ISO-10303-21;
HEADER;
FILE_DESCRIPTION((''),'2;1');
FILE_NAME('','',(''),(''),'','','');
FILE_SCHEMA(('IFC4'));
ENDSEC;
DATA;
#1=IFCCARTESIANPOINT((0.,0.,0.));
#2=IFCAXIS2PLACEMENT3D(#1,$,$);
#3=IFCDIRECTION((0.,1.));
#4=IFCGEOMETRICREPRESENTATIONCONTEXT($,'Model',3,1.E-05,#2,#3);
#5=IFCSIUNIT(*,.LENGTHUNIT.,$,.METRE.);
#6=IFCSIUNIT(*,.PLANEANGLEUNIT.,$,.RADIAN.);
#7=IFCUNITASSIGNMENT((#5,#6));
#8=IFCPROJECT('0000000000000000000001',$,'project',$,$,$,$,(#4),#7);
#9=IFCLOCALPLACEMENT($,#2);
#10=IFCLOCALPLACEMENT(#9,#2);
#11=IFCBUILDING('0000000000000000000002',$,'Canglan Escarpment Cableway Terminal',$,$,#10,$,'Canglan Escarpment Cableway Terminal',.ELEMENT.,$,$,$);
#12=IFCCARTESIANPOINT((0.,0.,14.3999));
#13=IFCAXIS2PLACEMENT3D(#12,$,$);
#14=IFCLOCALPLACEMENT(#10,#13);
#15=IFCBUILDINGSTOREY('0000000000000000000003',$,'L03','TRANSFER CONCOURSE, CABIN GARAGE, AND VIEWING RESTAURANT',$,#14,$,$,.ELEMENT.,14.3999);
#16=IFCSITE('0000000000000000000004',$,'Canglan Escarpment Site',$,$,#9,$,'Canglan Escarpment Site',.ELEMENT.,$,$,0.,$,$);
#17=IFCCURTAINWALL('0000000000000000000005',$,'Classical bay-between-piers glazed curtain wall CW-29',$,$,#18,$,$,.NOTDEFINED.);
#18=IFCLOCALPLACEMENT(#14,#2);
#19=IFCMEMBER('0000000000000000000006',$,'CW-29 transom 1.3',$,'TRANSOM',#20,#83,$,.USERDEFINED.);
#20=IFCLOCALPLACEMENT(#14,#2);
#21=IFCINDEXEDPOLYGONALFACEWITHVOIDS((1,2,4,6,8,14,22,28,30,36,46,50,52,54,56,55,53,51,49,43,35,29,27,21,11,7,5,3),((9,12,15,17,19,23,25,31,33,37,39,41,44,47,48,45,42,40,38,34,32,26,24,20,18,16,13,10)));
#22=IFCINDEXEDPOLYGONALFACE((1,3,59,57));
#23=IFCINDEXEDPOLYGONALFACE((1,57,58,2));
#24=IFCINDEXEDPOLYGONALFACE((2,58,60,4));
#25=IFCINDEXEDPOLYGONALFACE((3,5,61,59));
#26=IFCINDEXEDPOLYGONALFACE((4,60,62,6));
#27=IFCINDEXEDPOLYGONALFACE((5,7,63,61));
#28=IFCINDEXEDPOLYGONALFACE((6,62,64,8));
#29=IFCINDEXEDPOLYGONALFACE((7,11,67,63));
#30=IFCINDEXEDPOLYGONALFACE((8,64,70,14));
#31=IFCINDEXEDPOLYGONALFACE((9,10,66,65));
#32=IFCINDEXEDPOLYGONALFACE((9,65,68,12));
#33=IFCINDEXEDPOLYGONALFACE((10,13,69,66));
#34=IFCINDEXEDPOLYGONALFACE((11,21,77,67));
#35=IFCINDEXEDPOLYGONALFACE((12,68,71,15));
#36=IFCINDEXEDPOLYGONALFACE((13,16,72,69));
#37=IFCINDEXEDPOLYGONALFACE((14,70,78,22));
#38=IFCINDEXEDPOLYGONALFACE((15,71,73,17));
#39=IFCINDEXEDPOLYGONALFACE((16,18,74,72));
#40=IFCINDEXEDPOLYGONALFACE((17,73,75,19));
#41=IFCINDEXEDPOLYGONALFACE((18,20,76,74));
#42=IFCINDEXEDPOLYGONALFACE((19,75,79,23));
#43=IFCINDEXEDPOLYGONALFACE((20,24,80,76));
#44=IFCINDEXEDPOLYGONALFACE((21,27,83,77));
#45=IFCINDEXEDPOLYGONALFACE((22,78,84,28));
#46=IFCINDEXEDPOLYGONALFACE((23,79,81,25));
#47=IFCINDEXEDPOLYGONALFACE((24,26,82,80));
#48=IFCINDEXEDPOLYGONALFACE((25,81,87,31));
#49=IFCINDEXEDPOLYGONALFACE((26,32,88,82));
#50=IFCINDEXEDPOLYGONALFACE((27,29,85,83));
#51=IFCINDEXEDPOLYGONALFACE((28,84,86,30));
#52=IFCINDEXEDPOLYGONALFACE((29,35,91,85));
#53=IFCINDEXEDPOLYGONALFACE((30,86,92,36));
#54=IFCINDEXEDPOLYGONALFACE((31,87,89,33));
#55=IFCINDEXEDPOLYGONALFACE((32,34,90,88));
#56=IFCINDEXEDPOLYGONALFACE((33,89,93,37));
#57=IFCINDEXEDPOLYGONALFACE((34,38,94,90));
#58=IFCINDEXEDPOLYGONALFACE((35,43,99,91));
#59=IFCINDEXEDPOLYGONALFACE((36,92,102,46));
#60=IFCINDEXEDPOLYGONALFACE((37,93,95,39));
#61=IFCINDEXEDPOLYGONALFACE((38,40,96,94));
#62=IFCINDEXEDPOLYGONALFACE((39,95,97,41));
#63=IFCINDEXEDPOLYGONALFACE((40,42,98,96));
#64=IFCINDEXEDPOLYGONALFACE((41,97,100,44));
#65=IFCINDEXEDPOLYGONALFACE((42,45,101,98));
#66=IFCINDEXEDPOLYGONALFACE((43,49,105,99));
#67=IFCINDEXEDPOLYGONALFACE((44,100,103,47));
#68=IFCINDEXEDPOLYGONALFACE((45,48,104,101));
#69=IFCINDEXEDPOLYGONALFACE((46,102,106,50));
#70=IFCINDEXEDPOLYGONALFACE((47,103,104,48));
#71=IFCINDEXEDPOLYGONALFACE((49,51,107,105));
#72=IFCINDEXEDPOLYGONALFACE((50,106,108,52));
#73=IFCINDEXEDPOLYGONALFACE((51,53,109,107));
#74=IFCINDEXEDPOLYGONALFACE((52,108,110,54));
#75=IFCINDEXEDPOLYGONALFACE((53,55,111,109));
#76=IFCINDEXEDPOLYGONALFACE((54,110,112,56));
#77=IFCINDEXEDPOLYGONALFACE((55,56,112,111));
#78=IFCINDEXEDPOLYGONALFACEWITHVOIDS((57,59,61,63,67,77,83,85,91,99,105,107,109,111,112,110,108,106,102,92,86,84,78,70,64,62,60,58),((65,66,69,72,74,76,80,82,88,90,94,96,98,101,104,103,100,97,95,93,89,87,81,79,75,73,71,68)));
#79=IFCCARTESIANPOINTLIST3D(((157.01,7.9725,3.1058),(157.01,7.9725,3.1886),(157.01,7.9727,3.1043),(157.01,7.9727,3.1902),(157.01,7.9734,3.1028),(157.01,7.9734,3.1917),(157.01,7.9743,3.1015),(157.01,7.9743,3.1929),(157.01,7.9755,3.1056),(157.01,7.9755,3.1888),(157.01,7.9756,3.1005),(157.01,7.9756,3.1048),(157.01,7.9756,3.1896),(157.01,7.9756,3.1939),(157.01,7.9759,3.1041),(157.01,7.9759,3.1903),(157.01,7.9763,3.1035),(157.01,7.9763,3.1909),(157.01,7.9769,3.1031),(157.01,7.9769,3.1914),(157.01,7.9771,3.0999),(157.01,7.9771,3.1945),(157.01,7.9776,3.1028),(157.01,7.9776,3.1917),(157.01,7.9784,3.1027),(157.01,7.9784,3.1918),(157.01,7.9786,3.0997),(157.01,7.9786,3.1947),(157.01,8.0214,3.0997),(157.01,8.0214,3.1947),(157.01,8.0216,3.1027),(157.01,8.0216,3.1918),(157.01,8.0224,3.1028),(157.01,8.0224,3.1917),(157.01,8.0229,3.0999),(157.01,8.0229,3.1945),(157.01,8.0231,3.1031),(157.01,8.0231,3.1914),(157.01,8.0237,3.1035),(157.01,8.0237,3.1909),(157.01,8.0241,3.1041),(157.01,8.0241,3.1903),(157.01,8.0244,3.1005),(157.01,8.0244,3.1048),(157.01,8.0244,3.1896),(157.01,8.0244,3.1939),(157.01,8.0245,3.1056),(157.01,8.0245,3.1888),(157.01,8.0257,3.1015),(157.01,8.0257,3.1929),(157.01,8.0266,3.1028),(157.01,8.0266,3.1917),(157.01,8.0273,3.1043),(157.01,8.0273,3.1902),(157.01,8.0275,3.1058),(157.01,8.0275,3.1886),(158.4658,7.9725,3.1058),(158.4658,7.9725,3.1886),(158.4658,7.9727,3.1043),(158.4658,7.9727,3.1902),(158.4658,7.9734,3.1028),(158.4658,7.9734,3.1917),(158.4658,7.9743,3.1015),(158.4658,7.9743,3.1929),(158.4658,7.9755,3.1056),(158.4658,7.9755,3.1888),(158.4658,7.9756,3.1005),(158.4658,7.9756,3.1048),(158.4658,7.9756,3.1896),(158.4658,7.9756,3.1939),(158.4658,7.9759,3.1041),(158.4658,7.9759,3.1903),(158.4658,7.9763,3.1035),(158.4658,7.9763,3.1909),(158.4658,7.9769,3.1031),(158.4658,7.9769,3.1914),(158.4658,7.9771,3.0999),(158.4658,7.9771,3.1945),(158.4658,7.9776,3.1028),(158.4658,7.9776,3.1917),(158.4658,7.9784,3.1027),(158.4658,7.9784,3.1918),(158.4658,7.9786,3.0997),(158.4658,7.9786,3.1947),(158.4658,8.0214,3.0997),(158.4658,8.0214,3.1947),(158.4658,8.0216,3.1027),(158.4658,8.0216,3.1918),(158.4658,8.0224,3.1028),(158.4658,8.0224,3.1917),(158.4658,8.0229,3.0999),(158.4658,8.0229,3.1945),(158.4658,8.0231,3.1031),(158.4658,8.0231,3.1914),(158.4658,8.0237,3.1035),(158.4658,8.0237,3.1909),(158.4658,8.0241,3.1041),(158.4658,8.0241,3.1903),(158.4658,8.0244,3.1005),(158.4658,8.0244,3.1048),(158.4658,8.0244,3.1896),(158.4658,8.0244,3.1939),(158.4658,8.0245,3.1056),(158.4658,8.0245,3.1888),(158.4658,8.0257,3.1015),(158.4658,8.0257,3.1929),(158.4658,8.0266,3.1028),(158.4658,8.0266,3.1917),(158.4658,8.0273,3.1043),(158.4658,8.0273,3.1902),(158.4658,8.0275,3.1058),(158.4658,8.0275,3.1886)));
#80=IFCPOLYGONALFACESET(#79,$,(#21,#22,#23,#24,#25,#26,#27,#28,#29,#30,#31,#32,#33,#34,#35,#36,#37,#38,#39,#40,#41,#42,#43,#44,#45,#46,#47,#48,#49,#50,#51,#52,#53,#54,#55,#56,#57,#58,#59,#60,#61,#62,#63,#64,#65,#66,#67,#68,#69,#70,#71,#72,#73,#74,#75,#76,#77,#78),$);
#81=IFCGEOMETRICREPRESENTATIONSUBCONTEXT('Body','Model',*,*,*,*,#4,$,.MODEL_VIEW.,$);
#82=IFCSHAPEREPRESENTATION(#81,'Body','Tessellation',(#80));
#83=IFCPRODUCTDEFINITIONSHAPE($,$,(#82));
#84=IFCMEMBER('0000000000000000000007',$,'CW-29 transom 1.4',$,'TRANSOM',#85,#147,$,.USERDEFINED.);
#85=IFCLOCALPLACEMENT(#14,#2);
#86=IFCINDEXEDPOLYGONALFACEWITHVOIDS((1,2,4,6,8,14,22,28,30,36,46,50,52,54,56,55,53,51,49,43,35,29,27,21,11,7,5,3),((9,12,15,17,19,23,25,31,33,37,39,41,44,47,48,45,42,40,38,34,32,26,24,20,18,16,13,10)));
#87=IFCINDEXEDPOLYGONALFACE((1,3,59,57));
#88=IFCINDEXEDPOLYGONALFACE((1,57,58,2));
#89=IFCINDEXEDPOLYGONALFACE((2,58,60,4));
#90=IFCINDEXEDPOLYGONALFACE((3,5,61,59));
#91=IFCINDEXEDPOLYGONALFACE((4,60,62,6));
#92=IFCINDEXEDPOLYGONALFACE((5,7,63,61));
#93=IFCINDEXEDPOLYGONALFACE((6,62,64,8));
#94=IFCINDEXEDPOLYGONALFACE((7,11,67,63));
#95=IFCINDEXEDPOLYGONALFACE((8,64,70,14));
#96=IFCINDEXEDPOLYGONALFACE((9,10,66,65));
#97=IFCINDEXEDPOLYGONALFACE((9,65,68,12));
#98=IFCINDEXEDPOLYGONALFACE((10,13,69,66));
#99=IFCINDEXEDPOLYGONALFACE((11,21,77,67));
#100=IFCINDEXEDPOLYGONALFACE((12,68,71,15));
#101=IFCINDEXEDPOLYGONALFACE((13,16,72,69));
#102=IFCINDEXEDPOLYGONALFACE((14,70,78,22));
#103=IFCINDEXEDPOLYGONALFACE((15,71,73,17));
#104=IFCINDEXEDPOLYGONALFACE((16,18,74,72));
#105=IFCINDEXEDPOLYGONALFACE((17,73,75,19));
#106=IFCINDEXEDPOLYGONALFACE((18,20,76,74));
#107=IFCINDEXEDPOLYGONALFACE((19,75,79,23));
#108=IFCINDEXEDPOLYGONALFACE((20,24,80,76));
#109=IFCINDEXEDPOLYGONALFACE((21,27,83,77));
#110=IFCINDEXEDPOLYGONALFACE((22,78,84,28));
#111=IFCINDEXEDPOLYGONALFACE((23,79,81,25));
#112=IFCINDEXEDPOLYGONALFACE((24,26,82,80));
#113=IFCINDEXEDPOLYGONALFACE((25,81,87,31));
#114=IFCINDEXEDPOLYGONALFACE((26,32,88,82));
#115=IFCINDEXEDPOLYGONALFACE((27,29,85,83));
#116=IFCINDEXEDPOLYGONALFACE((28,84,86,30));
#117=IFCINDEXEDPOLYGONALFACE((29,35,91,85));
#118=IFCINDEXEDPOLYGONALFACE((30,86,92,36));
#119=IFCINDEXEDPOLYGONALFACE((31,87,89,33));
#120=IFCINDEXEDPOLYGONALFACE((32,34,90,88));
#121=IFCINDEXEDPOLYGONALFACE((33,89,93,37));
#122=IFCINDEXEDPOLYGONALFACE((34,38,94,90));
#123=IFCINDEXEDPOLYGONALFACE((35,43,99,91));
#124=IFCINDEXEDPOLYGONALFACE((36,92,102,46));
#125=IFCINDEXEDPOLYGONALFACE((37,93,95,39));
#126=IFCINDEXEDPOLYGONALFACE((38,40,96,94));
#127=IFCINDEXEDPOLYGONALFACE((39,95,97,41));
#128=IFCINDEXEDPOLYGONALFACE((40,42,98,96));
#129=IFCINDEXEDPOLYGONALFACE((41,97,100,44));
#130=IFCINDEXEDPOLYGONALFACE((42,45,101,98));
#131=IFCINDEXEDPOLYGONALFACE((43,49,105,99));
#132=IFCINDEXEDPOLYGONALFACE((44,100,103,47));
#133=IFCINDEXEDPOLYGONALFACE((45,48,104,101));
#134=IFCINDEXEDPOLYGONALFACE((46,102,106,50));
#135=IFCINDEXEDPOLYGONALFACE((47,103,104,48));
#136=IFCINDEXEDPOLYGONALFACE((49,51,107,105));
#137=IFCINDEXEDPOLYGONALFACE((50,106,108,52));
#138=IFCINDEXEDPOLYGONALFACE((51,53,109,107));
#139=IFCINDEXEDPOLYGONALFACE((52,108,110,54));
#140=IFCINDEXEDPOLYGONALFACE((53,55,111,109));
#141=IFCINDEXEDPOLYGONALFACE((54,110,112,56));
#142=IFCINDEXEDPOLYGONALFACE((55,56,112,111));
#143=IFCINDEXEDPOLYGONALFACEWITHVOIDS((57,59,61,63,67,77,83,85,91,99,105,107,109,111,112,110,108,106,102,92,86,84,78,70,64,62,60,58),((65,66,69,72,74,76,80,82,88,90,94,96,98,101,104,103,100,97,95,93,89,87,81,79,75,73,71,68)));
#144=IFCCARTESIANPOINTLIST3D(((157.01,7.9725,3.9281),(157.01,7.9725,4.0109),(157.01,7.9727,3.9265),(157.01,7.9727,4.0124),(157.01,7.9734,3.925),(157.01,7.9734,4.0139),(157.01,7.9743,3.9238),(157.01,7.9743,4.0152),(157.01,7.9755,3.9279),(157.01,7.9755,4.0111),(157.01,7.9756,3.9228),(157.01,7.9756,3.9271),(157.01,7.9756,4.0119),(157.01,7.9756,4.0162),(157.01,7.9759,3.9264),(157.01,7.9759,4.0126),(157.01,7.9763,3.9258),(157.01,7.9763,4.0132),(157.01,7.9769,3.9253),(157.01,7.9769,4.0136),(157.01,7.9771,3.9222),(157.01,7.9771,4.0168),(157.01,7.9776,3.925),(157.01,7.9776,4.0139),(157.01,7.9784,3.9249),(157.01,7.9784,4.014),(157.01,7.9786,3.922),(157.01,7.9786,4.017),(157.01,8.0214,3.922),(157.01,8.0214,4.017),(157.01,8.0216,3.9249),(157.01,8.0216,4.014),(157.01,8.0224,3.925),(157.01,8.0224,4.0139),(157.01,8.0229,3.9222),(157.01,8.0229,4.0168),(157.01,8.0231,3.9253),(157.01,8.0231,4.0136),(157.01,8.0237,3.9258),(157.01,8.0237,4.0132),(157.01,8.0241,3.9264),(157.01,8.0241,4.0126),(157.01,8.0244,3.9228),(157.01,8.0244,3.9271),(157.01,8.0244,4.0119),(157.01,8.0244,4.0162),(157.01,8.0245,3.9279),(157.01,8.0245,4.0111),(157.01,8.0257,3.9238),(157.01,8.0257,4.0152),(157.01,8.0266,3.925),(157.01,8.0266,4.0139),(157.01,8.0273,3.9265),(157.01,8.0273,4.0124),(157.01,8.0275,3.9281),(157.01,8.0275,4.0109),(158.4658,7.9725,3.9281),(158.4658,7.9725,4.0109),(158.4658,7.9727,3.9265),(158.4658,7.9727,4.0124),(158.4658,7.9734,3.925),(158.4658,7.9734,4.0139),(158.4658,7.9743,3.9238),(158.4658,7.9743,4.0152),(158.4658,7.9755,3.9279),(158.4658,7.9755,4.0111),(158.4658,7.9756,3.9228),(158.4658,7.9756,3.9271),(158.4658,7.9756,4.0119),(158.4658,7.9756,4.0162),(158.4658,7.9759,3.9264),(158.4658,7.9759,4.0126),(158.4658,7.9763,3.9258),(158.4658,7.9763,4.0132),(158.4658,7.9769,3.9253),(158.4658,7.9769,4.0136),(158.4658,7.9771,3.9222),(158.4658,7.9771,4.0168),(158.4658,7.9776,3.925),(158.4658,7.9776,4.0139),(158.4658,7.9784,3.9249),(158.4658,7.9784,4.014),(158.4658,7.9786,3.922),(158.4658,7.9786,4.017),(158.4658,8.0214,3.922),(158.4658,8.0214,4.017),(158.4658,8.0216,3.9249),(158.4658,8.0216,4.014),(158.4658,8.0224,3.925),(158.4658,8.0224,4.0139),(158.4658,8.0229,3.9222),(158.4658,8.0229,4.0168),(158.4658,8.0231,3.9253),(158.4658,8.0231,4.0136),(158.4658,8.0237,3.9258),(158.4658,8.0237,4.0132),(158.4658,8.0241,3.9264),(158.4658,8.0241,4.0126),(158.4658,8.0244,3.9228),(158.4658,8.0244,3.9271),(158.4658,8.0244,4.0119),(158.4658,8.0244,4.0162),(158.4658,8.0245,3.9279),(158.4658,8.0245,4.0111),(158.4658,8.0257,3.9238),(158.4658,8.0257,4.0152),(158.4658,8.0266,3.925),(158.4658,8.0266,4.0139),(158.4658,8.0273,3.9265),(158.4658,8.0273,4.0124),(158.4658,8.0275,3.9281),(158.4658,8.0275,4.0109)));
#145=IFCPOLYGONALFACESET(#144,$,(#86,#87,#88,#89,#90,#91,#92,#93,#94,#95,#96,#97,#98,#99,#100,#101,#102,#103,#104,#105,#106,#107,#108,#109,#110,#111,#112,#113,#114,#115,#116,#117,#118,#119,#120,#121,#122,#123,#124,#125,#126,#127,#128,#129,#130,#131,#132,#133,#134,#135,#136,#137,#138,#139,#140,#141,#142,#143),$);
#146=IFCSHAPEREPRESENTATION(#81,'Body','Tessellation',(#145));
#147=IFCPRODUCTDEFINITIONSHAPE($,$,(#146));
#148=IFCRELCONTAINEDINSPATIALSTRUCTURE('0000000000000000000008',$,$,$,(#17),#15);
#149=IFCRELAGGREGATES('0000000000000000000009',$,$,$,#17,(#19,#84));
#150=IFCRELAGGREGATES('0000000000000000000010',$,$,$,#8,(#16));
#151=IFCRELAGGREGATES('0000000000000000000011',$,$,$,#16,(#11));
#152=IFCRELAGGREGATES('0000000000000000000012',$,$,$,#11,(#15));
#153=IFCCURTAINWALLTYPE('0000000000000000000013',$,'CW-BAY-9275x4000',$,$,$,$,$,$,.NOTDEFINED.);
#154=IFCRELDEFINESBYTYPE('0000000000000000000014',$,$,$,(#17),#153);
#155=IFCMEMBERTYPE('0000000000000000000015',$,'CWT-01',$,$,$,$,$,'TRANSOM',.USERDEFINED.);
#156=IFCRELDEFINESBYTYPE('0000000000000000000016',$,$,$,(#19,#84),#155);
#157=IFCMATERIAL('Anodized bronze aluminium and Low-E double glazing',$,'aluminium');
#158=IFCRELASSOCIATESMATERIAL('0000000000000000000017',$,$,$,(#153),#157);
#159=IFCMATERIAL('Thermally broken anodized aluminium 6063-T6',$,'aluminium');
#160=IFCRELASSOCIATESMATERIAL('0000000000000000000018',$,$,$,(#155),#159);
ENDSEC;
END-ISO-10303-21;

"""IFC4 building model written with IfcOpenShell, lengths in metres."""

from ifc_helpers import new_model, si_unit, direction, frame, origin, origin_2d, place, context, subcontext, project, spatial, hollow_rectangle, extrude, material, material_profile, profile_set, type_object, element, aggregate, save


model = new_model("IFC4")

# Units and contexts
model_context = context("Model", 3, precision=1e-05, world=origin(), true_north=direction((0.0, 1.0)))
body_context = subcontext(model_context, "Body", "Model", "MODEL_VIEW")
ifc_project = project(units=[si_unit("LENGTHUNIT", "METRE"), si_unit("PLANEANGLEUNIT", "RADIAN")], contexts=[model_context])

# Site, building, storey
site_placement = place(None, origin())
site = spatial("IfcSite", under=ifc_project, at=site_placement, Name="Canglan Escarpment Site", LongName="Canglan Escarpment Site", CompositionType="ELEMENT", RefElevation=0.0)
building_placement = place(site_placement, origin())
building = spatial("IfcBuilding", under=site, at=building_placement, Name="Canglan Escarpment Cableway Terminal", LongName="Canglan Escarpment Cableway Terminal", CompositionType="ELEMENT")
storey_placement = place(building_placement, frame((0.0, 0.0, 14.3999)))
storey = spatial("IfcBuildingStorey", under=building, at=storey_placement, Name="L03", Description="TRANSFER CONCOURSE, CABIN GARAGE, AND VIEWING RESTAURANT", CompositionType="ELEMENT", Elevation=14.3999)

# Curtain wall, members
ifc_material_1 = material(Name="Anodized bronze aluminium and Low-E double glazing", Category="aluminium")
curtain_wall_type = type_object("IfcCurtainWallType", Name="CW-BAY-9275x4000", PredefinedType="NOTDEFINED", material=ifc_material_1)
curtain_wall_placement = place(storey_placement, origin())
curtain_wall = element("IfcCurtainWall", 1, at=curtain_wall_placement, inside=storey, type_object=curtain_wall_type, Name="Classical bay-between-piers glazed curtain wall CW-29", PredefinedType="NOTDEFINED")
ifc_material_2 = material(Name="Thermally broken anodized aluminium 6063-T6", Category="aluminium")
ifc_material_profile_1 = material_profile(ifc_material_2, hollow_rectangle(XDim=0.0549, YDim=0.095, WallThickness=0.0029, InnerFilletRadius=0.0029, OuterFilletRadius=0.0061, at=origin_2d()), Name="ALU-TRAN 55x95x3")
ifc_profile_set_1 = profile_set([ifc_material_profile_1], Name="Thermally broken anodized aluminium 6063-T6")
member_type_1 = type_object("IfcMemberType", Name="CWT-01", ElementType="TRANSOM", PredefinedType="USERDEFINED", material=ifc_profile_set_1)
member_1_placement = place(storey_placement, frame((157.01, 8.0, 3.1472), z_axis=(1.0, 0.0, 0.0), x_axis=(0.0, 1.0, 0.0)))
member_1 = element("IfcMember", 2, at=member_1_placement, type_object=member_type_1, Name="CW-29 transom 1.3", ObjectType="TRANSOM", PredefinedType="USERDEFINED", context=body_context, shape_type="SweptSolid", body=[
    extrude(hollow_rectangle(XDim=0.0549, YDim=0.095, WallThickness=0.0029, InnerFilletRadius=0.0029, OuterFilletRadius=0.0061, at=origin_2d()), origin(), (0.0, 0.0, 1.0), 1.4558),
])
member_2_placement = place(storey_placement, frame((157.01, 8.0, 3.9695), z_axis=(1.0, 0.0, 0.0), x_axis=(0.0, 1.0, 0.0)))
member_2 = element("IfcMember", 3, at=member_2_placement, type_object=member_type_1, Name="CW-29 transom 1.4", ObjectType="TRANSOM", PredefinedType="USERDEFINED", context=body_context, shape_type="SweptSolid", body=[
    extrude(hollow_rectangle(XDim=0.0549, YDim=0.095, WallThickness=0.0029, InnerFilletRadius=0.0029, OuterFilletRadius=0.0061, at=origin_2d()), origin(), (0.0, 0.0, 1.0), 1.4558),
])
aggregate(curtain_wall, [member_1, member_2])

save(model, "model.ifc")
